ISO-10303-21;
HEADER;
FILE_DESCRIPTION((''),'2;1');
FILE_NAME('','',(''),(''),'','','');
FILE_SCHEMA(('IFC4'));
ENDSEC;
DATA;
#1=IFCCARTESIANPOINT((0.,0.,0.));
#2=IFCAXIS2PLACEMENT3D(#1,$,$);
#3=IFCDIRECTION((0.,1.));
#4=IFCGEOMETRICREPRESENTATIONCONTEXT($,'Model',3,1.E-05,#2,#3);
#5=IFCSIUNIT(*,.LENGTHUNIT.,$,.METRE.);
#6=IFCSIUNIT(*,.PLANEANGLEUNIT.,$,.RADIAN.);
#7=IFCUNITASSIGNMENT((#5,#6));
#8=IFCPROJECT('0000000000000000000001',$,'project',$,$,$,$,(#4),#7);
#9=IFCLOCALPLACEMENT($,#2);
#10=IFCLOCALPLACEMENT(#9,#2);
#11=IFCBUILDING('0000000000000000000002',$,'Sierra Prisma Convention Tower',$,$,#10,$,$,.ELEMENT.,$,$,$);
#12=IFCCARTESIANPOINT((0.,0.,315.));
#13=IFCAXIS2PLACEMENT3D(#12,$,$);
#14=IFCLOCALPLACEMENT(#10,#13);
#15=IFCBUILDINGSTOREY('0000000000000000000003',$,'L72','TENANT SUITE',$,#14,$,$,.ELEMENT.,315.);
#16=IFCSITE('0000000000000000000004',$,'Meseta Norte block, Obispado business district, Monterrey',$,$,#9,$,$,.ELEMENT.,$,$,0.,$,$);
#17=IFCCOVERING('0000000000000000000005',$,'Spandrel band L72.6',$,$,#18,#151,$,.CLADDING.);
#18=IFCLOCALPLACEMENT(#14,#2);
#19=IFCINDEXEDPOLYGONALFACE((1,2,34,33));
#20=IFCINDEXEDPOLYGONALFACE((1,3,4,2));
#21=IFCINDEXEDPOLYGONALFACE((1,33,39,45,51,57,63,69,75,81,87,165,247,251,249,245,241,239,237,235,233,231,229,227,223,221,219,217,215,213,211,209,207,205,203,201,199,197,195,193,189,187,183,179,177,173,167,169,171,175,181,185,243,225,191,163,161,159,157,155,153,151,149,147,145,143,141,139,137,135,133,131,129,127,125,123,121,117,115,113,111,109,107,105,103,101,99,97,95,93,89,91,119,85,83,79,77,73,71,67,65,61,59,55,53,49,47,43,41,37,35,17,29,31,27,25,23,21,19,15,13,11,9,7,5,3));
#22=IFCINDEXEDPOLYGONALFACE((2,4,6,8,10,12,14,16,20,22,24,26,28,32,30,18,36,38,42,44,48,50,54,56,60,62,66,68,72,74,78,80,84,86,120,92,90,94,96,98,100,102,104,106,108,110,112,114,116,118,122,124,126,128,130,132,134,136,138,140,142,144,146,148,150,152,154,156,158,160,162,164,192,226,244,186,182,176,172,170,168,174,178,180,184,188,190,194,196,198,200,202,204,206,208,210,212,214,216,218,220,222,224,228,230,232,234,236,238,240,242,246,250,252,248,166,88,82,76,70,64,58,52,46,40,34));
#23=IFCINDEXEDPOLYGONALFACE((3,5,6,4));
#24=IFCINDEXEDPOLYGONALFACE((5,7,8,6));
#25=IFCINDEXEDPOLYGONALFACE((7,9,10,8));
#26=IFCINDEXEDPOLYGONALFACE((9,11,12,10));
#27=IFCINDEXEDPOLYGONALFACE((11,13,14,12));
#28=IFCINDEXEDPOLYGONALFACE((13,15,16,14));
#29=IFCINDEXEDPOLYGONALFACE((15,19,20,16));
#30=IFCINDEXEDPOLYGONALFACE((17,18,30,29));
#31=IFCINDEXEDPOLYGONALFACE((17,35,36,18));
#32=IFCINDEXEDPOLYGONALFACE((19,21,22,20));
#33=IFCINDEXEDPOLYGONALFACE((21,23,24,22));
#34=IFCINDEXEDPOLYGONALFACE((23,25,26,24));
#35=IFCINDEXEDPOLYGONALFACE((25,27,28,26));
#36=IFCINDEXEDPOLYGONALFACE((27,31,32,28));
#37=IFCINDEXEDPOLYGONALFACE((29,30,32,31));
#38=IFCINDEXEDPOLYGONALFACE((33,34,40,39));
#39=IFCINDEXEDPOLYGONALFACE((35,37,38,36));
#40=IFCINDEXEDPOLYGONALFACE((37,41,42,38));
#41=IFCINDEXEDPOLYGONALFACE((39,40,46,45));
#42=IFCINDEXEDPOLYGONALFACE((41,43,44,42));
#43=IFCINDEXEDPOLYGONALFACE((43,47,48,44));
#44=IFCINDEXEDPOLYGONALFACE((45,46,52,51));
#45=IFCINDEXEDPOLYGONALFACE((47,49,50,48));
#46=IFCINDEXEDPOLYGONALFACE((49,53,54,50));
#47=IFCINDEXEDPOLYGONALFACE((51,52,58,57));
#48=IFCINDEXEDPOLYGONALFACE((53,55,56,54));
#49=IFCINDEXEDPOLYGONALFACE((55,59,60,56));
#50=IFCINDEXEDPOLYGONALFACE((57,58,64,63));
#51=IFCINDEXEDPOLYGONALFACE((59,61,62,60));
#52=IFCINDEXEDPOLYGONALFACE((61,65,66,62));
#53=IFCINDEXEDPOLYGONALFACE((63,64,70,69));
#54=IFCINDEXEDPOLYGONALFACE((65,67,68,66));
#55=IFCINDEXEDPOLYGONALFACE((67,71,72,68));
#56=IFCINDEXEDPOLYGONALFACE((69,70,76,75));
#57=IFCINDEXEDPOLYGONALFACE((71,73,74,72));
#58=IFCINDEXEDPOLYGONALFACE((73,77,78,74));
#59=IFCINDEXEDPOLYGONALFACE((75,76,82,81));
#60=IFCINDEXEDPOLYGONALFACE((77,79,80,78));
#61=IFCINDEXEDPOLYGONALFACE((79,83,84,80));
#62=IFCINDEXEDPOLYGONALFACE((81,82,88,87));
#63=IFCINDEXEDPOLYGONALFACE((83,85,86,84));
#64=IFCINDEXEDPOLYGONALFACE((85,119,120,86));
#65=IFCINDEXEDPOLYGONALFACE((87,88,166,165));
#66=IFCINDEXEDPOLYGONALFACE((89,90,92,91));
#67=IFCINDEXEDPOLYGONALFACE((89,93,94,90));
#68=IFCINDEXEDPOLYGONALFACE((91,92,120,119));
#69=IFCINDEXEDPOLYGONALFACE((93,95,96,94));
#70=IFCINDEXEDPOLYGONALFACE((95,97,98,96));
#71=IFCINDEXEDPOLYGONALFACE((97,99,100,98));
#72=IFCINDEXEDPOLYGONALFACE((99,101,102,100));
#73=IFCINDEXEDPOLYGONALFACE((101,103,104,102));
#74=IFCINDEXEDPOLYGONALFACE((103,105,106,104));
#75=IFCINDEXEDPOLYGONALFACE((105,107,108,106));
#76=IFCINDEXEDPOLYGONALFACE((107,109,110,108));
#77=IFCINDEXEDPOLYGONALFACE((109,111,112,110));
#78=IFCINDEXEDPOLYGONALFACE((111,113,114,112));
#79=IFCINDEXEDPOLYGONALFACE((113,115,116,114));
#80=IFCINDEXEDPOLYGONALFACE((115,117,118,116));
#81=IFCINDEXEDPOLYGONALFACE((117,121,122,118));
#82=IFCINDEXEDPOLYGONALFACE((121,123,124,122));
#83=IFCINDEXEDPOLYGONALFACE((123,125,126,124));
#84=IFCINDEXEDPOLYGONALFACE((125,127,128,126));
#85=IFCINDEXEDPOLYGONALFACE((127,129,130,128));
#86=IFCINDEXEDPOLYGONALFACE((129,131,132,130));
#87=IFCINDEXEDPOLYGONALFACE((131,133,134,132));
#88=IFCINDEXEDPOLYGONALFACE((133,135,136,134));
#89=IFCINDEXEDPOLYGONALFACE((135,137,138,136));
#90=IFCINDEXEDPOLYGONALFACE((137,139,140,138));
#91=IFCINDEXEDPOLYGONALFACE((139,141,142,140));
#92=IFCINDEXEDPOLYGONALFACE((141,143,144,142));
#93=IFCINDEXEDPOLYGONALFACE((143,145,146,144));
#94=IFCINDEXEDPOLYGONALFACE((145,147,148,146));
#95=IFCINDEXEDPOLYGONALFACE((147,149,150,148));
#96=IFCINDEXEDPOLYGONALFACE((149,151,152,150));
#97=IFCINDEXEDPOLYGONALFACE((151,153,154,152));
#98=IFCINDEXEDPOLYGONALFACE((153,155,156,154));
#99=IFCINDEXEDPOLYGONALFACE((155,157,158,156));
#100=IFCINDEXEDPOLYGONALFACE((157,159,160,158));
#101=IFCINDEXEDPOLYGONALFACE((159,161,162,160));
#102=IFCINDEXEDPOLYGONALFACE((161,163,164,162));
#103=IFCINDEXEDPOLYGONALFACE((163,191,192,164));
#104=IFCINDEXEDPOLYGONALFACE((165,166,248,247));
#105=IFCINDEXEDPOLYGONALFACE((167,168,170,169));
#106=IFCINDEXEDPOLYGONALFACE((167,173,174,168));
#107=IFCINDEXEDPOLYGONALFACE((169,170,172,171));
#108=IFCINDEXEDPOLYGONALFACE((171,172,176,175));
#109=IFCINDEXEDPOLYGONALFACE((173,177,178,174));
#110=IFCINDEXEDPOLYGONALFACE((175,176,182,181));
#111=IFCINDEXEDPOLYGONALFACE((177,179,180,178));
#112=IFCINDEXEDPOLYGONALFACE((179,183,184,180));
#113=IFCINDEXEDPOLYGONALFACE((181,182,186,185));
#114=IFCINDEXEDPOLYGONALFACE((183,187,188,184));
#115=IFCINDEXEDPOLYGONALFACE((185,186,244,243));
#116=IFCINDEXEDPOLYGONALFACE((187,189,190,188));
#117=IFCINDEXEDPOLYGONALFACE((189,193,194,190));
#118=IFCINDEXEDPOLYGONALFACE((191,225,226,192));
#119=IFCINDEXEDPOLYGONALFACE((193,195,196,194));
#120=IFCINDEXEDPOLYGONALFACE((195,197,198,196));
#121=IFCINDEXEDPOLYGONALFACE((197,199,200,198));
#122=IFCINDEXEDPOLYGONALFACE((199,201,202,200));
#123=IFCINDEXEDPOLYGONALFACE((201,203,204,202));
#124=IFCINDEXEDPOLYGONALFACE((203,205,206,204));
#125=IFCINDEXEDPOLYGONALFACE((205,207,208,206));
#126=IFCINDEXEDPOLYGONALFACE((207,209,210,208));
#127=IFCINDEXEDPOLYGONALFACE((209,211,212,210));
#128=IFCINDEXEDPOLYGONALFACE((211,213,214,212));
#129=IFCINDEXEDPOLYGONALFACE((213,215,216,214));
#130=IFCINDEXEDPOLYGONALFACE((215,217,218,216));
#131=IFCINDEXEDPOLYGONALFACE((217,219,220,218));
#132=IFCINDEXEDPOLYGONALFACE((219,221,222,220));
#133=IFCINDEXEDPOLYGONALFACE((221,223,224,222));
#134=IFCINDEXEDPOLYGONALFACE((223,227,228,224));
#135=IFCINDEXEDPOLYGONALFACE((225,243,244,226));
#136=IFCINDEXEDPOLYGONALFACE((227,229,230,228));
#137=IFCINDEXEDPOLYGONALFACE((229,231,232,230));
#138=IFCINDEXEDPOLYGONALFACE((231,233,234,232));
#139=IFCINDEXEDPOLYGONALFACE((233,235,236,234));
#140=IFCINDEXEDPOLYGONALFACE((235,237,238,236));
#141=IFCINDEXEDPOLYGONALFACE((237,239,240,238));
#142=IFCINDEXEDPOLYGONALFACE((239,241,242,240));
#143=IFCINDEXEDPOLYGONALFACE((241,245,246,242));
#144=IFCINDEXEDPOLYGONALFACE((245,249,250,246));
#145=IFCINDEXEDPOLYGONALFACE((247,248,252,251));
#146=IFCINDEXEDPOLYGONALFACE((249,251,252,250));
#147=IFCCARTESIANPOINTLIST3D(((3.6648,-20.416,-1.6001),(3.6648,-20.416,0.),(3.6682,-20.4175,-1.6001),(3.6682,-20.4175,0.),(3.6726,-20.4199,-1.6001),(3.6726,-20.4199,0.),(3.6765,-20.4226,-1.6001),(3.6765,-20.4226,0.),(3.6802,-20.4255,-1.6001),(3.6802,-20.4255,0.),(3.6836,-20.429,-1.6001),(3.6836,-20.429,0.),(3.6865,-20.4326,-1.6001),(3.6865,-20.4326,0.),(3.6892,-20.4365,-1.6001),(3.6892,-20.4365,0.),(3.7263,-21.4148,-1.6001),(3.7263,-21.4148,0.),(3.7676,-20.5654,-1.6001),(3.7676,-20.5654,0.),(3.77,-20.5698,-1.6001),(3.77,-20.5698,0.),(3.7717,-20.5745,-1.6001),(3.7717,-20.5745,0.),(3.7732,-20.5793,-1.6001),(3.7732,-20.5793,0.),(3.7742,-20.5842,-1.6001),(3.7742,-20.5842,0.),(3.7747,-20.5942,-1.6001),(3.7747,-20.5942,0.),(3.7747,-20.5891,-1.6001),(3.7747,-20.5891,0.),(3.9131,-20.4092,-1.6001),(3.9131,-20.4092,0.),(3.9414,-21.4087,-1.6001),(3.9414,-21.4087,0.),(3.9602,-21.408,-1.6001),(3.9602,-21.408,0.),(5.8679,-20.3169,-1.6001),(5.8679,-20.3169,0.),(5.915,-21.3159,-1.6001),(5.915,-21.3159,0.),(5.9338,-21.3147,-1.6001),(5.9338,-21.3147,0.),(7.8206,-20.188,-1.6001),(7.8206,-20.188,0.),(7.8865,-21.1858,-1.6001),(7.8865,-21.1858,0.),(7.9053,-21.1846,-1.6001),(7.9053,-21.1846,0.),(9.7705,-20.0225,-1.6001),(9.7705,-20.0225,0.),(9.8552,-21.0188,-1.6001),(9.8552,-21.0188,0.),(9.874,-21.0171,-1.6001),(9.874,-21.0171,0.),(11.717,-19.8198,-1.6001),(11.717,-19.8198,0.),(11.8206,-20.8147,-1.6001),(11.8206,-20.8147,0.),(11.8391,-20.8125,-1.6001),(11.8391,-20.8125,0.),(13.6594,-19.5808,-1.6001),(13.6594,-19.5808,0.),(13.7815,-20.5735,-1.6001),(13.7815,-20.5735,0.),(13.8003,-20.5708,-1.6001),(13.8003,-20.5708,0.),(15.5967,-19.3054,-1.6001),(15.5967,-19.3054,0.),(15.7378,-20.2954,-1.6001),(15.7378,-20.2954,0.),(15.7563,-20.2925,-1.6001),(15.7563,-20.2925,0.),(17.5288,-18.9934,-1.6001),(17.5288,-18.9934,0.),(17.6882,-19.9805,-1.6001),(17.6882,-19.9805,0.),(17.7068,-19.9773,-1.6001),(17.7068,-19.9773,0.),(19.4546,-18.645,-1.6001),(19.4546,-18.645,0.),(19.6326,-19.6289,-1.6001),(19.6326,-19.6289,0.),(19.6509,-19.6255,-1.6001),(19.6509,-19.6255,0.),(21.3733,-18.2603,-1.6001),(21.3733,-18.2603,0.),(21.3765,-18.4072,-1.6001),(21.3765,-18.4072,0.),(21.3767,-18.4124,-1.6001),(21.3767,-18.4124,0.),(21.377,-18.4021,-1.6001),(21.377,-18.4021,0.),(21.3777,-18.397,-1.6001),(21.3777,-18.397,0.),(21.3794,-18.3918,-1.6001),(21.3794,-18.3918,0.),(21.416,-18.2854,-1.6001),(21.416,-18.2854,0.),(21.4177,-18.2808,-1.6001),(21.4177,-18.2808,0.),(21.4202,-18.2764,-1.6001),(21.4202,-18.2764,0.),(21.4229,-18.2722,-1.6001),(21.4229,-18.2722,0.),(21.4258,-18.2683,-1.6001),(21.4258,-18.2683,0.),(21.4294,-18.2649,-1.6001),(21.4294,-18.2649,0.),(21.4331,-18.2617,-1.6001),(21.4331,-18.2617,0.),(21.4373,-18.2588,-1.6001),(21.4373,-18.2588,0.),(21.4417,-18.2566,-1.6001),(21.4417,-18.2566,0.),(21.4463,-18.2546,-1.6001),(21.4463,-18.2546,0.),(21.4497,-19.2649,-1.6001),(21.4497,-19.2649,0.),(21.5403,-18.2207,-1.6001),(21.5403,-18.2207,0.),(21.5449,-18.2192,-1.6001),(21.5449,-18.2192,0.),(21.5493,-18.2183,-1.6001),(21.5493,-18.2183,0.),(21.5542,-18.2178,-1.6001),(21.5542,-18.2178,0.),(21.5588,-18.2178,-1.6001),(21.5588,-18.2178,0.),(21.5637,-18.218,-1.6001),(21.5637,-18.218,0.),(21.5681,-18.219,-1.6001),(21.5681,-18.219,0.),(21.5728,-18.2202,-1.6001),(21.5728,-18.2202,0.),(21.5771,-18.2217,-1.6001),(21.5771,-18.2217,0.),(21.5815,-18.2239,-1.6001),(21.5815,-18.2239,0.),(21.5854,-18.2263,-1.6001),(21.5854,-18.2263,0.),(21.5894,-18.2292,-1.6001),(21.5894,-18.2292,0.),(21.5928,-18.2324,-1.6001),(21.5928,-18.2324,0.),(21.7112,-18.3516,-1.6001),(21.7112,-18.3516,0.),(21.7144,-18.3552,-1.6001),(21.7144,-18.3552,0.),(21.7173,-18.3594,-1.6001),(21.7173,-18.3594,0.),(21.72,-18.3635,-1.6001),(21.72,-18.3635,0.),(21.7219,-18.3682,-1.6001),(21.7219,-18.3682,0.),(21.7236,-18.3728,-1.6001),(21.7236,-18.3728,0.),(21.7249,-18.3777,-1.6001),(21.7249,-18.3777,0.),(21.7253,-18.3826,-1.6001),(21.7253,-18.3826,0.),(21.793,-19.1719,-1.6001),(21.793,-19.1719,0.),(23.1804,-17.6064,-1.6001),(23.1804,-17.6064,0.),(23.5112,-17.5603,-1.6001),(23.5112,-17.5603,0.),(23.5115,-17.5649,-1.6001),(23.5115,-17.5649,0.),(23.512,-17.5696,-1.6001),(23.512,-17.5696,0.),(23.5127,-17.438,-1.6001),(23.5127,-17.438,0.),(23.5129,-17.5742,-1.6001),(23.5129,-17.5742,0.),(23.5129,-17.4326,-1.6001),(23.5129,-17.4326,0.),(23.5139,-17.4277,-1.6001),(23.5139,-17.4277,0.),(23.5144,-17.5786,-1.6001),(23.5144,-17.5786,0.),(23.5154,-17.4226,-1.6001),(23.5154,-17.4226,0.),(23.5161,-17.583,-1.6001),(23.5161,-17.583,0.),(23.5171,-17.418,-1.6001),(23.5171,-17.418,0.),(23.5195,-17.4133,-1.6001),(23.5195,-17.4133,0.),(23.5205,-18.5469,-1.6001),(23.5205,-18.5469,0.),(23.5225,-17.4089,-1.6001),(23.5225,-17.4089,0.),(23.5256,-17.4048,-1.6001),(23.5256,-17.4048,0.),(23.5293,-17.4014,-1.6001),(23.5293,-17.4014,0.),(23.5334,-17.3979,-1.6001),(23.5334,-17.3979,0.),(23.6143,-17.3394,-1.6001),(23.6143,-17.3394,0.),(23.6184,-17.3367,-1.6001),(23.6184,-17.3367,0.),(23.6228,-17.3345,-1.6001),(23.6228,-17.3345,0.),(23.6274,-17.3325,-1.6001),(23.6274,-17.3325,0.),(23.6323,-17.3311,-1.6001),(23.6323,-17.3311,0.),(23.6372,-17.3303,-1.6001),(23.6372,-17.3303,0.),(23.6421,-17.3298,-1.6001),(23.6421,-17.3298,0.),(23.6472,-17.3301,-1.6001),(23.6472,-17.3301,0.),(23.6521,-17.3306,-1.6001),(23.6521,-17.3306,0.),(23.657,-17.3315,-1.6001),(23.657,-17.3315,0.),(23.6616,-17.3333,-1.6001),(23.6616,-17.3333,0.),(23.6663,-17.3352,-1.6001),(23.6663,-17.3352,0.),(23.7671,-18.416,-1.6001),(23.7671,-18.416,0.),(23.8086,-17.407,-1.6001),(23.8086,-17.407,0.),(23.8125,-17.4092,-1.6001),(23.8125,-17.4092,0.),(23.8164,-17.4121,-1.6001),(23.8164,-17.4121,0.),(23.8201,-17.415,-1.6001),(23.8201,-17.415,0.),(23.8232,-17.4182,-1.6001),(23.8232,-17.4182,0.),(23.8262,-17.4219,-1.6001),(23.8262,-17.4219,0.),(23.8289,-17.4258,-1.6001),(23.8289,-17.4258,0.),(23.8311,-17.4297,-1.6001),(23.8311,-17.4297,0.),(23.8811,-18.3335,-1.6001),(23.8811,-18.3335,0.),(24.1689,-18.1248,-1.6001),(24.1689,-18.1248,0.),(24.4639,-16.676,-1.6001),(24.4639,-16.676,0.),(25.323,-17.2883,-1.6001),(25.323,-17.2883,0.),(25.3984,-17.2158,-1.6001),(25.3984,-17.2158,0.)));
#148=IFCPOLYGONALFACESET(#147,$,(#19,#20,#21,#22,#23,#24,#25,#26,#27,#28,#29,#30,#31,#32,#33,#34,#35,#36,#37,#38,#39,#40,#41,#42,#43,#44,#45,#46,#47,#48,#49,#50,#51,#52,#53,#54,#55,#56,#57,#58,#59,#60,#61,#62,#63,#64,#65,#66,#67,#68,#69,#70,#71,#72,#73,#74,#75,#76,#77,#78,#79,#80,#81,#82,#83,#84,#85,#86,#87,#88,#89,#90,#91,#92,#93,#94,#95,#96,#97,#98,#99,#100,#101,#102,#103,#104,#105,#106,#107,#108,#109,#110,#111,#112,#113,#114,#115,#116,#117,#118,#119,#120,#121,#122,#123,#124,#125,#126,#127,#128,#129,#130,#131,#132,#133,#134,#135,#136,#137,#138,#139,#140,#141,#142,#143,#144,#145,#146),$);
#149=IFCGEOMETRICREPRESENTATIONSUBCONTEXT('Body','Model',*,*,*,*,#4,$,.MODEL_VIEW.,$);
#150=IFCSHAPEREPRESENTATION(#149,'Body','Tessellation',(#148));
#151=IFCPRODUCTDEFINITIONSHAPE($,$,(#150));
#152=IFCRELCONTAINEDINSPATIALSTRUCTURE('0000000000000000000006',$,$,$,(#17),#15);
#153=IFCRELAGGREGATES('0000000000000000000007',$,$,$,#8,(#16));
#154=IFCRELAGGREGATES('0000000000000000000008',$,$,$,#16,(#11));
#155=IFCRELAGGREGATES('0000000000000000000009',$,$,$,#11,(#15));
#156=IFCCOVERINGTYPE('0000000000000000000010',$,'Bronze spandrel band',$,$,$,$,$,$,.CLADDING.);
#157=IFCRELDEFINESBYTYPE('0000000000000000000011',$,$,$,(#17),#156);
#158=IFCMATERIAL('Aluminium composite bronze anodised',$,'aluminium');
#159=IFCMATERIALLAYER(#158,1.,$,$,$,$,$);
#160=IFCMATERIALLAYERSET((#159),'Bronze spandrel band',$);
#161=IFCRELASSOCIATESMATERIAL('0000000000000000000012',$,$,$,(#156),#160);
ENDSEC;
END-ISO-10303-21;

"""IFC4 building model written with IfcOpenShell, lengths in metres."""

from ifc_helpers import new_model, si_unit, direction, frame, origin, place, context, subcontext, project, spatial, polyline, outline, extrude, material, layer, layer_set, type_object, element, save


model = new_model("IFC4")

# Units and contexts
model_context = context("Model", 3, precision=1e-05, world=origin(), true_north=direction((0.0, 1.0)))
body_context = subcontext(model_context, "Body", "Model", "MODEL_VIEW")
ifc_project = project(units=[si_unit("LENGTHUNIT", "METRE"), si_unit("PLANEANGLEUNIT", "RADIAN")], contexts=[model_context])

# Site, building, storey
site_placement = place(None, origin())
site = spatial("IfcSite", under=ifc_project, at=site_placement, Name="Meseta Norte block, Obispado business district, Monterrey", CompositionType="ELEMENT", RefElevation=0.0)
building_placement = place(site_placement, origin())
building = spatial("IfcBuilding", under=site, at=building_placement, Name="Sierra Prisma Convention Tower", CompositionType="ELEMENT")
storey_placement = place(building_placement, frame((0.0, 0.0, 315.0)))
storey = spatial("IfcBuildingStorey", under=building, at=storey_placement, Name="L72", Description="TENANT SUITE", CompositionType="ELEMENT", Elevation=315.0)

# Covering
ifc_material_1 = material(Name="Aluminium composite bronze anodised", Category="aluminium")
ifc_layer_1 = layer(ifc_material_1, 1.0)
ifc_layer_set_1 = layer_set([ifc_layer_1], Name="Bronze spandrel band")
covering_type_1 = type_object("IfcCoveringType", Name="Bronze spandrel band", PredefinedType="CLADDING", material=ifc_layer_set_1)
covering_1_placement = place(storey_placement, frame((0.0, 0.0, -1.6001)))
element("IfcCovering", 1, at=covering_1_placement, inside=storey, type_object=covering_type_1, Name="Spandrel band L72.6", PredefinedType="CLADDING", context=body_context, shape_type="SweptSolid", body=[
    extrude(outline(polyline([(23.8289, -17.4258), (23.8262, -17.4219), (23.8232, -17.4182), (23.8201, -17.415), (23.8164, -17.4121), (23.8125, -17.4092), (23.8086, -17.407), (23.6663, -17.3352), (23.6616, -17.3333), (23.657, -17.3315), (23.6521, -17.3306), (23.6472, -17.3301), (23.6421, -17.3298), (23.6372, -17.3303), (23.6323, -17.3311), (23.6274, -17.3325), (23.6228, -17.3345), (23.6184, -17.3367), (23.6143, -17.3394), (23.5334, -17.3979), (23.5293, -17.4014), (23.5256, -17.4048), (23.5225, -17.4089), (23.5195, -17.4133), (23.5171, -17.418), (23.5154, -17.4226), (23.5139, -17.4277), (23.5129, -17.4326), (23.5127, -17.438), (23.5112, -17.5603), (23.5115, -17.5649), (23.512, -17.5696), (23.5129, -17.5742), (23.5144, -17.5786), (23.5161, -17.583), (23.8811, -18.3335), (23.7671, -18.416), (23.5205, -18.5469), (21.793, -19.1719), (21.7253, -18.3826), (21.7249, -18.3777), (21.7236, -18.3728), (21.7219, -18.3682), (21.72, -18.3635), (21.7173, -18.3594), (21.7144, -18.3552), (21.7112, -18.3516), (21.5928, -18.2324), (21.5894, -18.2292), (21.5854, -18.2263), (21.5815, -18.2239), (21.5771, -18.2217), (21.5728, -18.2202), (21.5681, -18.219), (21.5637, -18.218), (21.5588, -18.2178), (21.5542, -18.2178), (21.5493, -18.2183), (21.5449, -18.2192), (21.5403, -18.2207), (21.4463, -18.2546), (21.4417, -18.2566), (21.4373, -18.2588), (21.4331, -18.2617), (21.4294, -18.2649), (21.4258, -18.2683), (21.4229, -18.2722), (21.4202, -18.2764), (21.4177, -18.2808), (21.416, -18.2854), (21.3794, -18.3918), (21.3777, -18.397), (21.377, -18.4021), (21.3765, -18.4072), (21.3767, -18.4124), (21.4497, -19.2649), (19.6509, -19.6255), (19.6326, -19.6289), (17.7068, -19.9773), (17.6882, -19.9805), (15.7563, -20.2925), (15.7378, -20.2954), (13.8003, -20.5708), (13.7815, -20.5735), (11.8391, -20.8125), (11.8206, -20.8147), (9.874, -21.0171), (9.8552, -21.0188), (7.9053, -21.1846), (7.8865, -21.1858), (5.9338, -21.3147), (5.915, -21.3159), (3.9602, -21.408), (3.9414, -21.4087), (3.7263, -21.4148), (3.7747, -20.5942), (3.7747, -20.5891), (3.7742, -20.5842), (3.7732, -20.5793), (3.7717, -20.5745), (3.77, -20.5698), (3.7676, -20.5654), (3.6892, -20.4365), (3.6865, -20.4326), (3.6836, -20.429), (3.6802, -20.4255), (3.6765, -20.4226), (3.6726, -20.4199), (3.6682, -20.4175), (3.6648, -20.416), (3.9131, -20.4092), (5.8679, -20.3169), (7.8206, -20.188), (9.7705, -20.0225), (11.717, -19.8198), (13.6594, -19.5808), (15.5967, -19.3054), (17.5288, -18.9934), (19.4546, -18.645), (21.3733, -18.2603), (23.1804, -17.6064), (24.4639, -16.676), (25.3984, -17.2158), (25.323, -17.2883), (24.1689, -18.1248), (23.8311, -17.4297), (23.8289, -17.4258)])), origin(), (0.0, 0.0, 1.0), 1.6001),
])

save(model, "model.ifc")
